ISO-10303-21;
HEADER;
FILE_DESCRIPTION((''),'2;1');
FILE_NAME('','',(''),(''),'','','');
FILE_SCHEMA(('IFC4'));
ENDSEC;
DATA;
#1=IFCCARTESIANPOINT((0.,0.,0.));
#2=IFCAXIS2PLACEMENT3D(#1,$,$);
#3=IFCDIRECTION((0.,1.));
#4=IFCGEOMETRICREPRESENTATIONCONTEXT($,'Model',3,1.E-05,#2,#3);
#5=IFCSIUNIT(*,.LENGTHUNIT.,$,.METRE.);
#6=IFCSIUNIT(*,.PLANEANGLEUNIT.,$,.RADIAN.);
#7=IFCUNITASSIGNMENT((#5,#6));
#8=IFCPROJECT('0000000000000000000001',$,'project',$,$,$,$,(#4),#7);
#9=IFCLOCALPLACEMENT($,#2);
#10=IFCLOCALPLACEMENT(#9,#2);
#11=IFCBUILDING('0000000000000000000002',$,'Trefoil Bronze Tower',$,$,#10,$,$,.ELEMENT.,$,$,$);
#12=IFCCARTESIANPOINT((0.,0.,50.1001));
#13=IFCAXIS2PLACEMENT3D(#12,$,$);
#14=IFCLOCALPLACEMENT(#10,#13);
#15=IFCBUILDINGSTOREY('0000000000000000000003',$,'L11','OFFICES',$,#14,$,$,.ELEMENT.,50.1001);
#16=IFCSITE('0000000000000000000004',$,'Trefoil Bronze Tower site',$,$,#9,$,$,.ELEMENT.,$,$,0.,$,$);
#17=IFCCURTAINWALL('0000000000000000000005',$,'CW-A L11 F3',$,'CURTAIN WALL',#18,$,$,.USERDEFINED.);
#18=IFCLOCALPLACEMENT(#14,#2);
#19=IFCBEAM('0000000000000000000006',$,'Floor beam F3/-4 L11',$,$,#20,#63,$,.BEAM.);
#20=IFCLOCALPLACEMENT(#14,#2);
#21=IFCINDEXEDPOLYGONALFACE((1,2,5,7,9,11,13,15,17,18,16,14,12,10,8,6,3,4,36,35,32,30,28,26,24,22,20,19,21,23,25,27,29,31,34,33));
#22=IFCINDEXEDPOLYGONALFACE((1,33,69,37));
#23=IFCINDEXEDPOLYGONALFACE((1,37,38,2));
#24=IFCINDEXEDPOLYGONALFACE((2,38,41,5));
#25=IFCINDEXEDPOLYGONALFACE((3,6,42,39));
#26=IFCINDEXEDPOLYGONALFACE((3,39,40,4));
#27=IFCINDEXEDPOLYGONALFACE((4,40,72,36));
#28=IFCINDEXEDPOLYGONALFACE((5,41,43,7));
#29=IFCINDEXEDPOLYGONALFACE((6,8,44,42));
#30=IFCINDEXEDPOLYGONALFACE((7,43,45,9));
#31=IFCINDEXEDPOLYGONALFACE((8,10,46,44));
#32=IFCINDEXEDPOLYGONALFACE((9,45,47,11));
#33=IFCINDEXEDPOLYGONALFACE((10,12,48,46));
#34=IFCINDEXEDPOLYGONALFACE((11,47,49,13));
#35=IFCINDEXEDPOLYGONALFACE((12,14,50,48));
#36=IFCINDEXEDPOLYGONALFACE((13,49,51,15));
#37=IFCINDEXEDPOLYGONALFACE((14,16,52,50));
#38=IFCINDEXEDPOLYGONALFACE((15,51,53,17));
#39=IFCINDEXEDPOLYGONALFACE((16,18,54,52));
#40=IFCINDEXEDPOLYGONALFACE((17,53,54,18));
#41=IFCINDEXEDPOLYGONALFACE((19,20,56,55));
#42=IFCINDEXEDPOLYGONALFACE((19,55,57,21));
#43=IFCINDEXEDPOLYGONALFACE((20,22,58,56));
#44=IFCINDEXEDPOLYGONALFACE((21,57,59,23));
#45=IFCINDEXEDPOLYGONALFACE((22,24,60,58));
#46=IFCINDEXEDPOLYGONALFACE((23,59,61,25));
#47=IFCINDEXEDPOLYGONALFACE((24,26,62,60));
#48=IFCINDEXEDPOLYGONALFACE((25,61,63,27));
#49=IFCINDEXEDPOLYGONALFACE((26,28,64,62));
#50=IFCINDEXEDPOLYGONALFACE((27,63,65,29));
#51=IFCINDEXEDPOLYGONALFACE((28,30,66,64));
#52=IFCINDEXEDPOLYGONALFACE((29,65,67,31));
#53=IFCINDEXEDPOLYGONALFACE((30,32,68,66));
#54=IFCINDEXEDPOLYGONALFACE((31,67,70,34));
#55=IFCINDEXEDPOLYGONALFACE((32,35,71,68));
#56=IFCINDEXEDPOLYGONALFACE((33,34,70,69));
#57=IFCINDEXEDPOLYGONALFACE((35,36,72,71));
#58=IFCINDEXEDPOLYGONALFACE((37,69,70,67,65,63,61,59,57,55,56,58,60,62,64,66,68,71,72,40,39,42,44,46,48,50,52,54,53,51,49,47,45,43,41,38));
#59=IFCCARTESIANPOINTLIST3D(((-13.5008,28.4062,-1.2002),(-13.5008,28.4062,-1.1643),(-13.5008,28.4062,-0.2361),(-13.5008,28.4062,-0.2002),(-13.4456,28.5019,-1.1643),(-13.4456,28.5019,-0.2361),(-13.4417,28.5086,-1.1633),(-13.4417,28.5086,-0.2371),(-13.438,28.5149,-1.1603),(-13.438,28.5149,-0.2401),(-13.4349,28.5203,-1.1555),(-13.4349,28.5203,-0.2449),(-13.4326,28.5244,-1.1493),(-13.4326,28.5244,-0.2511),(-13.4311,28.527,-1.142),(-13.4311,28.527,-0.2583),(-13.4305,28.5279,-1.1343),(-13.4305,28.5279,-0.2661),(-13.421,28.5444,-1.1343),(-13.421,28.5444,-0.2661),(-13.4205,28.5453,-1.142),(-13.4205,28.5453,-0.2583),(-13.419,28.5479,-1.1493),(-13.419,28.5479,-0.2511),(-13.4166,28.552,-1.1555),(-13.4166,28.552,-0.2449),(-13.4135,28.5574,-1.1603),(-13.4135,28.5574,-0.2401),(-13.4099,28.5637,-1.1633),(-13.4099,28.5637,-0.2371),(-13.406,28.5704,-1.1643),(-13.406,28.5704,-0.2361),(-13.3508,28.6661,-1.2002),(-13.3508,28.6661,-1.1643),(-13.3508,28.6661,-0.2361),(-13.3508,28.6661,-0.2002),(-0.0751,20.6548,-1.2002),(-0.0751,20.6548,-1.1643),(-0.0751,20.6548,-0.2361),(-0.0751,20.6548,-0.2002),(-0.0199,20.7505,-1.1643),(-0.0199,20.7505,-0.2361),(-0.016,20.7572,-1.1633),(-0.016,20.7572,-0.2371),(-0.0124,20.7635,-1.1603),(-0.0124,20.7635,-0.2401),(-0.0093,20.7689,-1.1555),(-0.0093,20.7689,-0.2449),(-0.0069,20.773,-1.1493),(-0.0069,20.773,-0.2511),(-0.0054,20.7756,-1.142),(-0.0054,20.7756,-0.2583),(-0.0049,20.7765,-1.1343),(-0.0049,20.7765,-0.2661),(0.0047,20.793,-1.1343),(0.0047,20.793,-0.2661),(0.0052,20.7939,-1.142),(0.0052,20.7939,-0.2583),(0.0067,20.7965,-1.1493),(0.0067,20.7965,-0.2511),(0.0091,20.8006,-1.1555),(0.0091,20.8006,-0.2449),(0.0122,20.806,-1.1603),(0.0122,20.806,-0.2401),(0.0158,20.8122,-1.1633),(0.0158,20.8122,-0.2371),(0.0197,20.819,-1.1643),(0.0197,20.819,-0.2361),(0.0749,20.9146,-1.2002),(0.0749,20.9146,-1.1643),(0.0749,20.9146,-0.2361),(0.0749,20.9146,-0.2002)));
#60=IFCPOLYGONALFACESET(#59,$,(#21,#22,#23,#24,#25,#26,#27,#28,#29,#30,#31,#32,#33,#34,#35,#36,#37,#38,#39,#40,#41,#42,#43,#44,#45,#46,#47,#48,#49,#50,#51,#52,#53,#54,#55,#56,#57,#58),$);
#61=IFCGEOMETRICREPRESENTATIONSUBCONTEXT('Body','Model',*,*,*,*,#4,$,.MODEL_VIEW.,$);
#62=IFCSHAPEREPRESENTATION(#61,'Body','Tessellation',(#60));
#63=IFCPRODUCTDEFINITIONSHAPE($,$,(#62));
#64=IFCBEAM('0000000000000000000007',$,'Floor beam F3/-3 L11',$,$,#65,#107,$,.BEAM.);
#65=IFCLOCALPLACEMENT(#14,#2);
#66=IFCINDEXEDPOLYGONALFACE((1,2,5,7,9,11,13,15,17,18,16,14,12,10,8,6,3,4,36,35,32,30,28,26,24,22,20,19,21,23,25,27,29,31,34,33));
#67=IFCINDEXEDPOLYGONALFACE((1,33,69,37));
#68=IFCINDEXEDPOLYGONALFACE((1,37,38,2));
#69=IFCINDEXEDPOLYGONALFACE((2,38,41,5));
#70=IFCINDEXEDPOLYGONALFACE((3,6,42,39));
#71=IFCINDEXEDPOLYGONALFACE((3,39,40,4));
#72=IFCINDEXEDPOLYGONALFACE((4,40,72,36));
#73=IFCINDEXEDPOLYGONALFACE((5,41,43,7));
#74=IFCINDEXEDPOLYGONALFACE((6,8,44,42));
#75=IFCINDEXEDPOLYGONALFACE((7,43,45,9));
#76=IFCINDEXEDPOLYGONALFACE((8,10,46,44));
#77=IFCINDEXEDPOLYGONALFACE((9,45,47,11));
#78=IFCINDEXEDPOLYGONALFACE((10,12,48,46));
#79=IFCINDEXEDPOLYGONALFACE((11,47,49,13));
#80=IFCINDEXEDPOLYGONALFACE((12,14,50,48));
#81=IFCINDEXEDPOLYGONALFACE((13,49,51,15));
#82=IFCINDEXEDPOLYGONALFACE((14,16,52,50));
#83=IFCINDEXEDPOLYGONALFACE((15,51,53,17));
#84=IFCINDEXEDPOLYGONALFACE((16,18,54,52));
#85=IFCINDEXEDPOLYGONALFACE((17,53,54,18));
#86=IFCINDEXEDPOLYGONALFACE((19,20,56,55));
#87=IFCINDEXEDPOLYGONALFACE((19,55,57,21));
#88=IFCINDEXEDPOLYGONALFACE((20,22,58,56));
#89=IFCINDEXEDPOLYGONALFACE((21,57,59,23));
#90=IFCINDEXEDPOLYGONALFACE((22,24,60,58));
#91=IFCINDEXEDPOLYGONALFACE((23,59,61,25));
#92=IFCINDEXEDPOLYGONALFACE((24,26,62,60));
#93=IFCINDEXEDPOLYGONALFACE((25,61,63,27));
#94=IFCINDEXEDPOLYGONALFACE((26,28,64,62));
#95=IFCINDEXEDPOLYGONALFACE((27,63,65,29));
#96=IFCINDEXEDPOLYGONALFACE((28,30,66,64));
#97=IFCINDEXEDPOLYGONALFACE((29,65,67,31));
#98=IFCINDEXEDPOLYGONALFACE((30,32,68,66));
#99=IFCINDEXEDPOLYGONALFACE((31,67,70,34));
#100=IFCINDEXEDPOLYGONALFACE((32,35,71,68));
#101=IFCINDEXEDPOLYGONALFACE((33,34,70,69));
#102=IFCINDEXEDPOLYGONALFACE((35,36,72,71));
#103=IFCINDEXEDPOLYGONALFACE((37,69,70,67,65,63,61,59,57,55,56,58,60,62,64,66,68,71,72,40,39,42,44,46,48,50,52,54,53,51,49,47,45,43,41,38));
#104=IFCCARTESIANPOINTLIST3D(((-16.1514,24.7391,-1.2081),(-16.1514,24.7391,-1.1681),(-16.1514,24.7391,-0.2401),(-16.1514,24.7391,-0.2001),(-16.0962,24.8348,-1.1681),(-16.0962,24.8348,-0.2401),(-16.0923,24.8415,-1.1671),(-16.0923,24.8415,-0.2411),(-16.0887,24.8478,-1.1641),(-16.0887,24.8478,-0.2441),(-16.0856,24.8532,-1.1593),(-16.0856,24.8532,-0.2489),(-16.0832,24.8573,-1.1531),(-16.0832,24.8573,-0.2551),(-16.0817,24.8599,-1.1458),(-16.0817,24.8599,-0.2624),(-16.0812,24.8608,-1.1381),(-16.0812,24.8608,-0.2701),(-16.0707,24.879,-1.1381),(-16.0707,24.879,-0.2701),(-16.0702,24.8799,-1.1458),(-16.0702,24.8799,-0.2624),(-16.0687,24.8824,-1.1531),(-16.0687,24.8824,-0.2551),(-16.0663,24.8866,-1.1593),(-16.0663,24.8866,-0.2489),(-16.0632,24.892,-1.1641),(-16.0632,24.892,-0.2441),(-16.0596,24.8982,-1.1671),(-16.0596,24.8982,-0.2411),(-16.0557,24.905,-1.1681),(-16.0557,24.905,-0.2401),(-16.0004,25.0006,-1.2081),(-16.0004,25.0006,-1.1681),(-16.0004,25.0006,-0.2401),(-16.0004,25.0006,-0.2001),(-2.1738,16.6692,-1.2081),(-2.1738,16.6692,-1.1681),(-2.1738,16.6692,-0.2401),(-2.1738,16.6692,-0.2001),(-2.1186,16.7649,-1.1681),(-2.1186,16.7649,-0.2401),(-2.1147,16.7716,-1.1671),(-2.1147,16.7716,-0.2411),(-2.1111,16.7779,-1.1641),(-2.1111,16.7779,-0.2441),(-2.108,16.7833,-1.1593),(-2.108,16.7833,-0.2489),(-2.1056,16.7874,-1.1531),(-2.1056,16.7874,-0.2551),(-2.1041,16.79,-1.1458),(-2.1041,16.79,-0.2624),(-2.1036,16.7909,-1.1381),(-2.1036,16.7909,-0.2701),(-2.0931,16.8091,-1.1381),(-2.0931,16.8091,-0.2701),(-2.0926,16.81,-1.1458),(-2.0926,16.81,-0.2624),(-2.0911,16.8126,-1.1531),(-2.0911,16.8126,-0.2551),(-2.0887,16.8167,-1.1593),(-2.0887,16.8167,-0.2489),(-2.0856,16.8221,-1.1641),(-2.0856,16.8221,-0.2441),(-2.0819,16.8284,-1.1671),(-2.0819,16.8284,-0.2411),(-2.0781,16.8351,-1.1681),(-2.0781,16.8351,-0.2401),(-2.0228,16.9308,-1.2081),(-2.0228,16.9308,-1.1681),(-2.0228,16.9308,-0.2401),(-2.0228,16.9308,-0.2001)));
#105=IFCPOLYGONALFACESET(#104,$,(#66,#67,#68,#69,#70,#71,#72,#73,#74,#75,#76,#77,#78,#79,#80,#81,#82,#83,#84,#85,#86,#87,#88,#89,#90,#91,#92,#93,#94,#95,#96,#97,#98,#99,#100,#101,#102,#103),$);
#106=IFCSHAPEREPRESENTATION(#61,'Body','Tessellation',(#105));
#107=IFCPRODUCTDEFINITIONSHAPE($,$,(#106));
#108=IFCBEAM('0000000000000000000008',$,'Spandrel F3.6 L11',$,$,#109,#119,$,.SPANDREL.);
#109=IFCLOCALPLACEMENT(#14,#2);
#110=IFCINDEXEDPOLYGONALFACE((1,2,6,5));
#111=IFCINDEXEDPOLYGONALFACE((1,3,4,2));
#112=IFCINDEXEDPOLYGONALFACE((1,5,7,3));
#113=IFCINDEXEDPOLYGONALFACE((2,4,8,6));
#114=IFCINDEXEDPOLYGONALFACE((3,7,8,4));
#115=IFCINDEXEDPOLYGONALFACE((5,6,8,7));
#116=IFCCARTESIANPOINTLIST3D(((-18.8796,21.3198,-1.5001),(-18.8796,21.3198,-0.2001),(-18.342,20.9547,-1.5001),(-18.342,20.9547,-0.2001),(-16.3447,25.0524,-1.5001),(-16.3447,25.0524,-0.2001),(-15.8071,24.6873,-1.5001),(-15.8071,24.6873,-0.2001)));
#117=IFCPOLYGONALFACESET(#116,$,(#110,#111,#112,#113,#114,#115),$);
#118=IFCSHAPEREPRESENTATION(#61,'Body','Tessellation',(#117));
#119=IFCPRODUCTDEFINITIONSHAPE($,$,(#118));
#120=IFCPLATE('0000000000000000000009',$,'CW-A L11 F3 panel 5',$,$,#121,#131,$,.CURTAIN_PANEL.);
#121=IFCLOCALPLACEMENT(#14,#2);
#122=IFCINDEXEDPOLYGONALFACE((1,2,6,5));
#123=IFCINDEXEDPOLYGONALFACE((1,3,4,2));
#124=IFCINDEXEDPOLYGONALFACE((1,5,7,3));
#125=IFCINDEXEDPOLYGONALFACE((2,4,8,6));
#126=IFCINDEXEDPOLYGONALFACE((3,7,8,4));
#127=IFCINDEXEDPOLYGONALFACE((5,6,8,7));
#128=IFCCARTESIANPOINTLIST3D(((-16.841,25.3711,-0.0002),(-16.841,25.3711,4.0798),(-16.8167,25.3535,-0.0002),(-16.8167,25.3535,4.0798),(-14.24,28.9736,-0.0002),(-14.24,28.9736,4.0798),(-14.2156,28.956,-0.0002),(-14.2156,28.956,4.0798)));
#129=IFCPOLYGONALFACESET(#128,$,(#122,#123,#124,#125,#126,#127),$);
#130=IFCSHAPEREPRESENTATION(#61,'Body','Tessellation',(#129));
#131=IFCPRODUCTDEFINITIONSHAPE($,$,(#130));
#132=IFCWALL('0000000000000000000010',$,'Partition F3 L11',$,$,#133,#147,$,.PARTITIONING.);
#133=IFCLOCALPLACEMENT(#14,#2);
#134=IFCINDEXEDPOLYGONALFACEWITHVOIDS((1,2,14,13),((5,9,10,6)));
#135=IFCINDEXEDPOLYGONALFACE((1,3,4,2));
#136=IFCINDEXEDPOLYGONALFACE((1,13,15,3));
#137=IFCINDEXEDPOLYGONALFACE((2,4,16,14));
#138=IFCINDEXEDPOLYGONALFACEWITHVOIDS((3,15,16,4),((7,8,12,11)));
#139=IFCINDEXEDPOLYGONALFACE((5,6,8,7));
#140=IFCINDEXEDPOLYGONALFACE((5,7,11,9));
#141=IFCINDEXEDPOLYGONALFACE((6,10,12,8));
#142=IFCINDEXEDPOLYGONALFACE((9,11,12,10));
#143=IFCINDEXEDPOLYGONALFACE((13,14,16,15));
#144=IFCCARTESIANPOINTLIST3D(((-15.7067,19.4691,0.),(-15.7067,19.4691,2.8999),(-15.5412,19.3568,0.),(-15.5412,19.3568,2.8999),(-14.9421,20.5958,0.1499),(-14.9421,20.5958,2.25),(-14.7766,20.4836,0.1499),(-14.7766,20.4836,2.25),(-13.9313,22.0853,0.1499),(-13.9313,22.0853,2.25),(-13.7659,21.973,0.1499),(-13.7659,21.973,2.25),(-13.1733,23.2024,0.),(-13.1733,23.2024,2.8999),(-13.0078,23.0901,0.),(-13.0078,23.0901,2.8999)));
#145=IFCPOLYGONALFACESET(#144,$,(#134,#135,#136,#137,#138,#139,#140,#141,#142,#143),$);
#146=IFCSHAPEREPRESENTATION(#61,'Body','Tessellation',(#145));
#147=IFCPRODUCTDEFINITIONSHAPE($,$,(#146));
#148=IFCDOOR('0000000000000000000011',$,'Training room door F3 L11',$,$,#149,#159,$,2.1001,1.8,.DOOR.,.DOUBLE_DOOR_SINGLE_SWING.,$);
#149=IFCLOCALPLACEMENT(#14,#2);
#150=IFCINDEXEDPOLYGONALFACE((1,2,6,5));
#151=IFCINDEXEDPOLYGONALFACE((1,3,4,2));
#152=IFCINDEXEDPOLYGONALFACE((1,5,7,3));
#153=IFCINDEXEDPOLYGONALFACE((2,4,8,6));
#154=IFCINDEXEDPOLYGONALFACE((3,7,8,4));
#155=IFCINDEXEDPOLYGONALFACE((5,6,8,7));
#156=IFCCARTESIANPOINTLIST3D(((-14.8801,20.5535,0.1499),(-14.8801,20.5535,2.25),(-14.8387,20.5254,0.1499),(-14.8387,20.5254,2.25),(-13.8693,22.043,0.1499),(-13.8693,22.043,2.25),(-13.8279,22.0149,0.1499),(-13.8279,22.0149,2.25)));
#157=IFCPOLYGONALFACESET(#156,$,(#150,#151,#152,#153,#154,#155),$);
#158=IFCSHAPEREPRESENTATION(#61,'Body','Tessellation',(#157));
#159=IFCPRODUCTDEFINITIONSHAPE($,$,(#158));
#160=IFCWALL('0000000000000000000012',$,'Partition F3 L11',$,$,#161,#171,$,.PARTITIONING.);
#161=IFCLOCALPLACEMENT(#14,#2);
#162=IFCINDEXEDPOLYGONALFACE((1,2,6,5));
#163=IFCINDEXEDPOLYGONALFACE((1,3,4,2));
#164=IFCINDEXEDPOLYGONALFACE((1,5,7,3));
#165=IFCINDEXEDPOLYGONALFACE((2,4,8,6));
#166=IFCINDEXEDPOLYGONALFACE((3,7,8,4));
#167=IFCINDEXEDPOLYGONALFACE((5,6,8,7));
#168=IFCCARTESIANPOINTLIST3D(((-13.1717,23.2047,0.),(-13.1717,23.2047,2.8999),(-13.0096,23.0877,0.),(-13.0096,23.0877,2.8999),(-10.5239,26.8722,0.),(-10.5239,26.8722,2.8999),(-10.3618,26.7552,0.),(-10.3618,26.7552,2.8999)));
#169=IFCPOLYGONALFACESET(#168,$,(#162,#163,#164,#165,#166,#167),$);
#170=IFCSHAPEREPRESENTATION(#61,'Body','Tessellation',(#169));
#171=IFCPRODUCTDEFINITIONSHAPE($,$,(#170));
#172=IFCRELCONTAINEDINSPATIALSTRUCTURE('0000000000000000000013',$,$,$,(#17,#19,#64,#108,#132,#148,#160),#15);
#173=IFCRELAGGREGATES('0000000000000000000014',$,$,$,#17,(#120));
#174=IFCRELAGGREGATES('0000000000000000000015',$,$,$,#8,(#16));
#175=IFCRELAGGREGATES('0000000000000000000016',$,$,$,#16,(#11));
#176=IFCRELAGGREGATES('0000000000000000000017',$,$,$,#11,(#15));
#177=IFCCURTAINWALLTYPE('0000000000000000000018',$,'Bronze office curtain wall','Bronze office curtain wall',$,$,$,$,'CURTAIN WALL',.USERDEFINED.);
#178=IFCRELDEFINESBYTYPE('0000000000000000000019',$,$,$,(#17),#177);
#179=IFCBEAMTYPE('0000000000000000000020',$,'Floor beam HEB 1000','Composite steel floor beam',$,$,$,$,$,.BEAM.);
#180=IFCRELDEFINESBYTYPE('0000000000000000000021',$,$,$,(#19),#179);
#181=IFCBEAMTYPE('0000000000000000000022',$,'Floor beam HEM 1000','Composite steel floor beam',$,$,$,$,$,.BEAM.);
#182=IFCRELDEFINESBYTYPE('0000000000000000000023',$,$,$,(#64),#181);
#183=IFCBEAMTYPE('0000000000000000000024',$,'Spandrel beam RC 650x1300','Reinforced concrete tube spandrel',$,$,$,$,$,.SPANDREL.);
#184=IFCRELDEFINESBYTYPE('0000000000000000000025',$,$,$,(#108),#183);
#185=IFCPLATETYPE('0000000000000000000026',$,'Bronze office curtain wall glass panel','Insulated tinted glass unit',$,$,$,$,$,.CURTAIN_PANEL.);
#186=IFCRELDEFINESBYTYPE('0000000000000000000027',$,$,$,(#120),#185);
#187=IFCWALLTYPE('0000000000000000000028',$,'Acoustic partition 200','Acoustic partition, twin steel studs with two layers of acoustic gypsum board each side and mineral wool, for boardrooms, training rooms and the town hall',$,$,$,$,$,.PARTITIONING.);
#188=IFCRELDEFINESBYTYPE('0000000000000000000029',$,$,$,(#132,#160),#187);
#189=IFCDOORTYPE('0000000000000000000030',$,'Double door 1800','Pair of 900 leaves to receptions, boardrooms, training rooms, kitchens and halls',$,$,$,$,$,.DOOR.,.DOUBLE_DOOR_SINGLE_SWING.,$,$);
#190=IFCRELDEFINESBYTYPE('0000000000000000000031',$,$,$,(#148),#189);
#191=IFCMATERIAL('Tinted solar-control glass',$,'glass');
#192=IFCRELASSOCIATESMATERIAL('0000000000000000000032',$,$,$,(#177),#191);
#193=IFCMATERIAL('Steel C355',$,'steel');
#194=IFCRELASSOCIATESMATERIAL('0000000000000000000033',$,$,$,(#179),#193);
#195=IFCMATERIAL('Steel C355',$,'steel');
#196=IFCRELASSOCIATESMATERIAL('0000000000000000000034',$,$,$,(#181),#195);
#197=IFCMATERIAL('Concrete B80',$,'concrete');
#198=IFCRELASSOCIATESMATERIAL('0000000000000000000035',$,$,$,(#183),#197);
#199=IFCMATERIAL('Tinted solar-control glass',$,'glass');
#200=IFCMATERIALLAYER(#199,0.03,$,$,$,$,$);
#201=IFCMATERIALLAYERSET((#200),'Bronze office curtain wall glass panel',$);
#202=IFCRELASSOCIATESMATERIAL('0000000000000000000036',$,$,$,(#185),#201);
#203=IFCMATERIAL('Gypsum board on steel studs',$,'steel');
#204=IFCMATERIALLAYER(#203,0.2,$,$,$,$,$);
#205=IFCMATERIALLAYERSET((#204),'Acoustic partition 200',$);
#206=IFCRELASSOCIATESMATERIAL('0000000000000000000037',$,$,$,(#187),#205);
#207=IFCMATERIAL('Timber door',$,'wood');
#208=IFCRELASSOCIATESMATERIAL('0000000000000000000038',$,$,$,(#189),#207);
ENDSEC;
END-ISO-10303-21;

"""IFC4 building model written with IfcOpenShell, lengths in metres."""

from ifc_helpers import new_model, si_unit, direction, frame, frame_2d, origin, origin_2d, place, context, subcontext, project, spatial, rectangle, i_section, extrude, material, layer, layer_set, material_profile, profile_set, type_object, element, fill, aggregate, save


model = new_model("IFC4")

# Units and contexts
model_context = context("Model", 3, precision=1e-05, world=origin(), true_north=direction((0.0, 1.0)))
body_context = subcontext(model_context, "Body", "Model", "MODEL_VIEW")
ifc_project = project(units=[si_unit("LENGTHUNIT", "METRE"), si_unit("PLANEANGLEUNIT", "RADIAN")], contexts=[model_context])

# Site, building, storey
site_placement = place(None, origin())
site = spatial("IfcSite", under=ifc_project, at=site_placement, Name="Trefoil Bronze Tower site", CompositionType="ELEMENT", RefElevation=0.0)
building_placement = place(site_placement, origin())
building = spatial("IfcBuilding", under=site, at=building_placement, Name="Trefoil Bronze Tower", CompositionType="ELEMENT")
storey_placement = place(building_placement, frame((0.0, 0.0, 50.1001)))
storey = spatial("IfcBuildingStorey", under=building, at=storey_placement, Name="L11", Description="OFFICES", CompositionType="ELEMENT", Elevation=50.1001)

# Curtain wall
ifc_material_1 = material(Name="Tinted solar-control glass", Category="glass")
curtain_wall_type = type_object("IfcCurtainWallType", Name="Bronze office curtain wall", Description="Bronze office curtain wall", ElementType="CURTAIN WALL", PredefinedType="USERDEFINED", material=ifc_material_1)
curtain_wall_placement = place(storey_placement, origin())
curtain_wall = element("IfcCurtainWall", 1, at=curtain_wall_placement, inside=storey, type_object=curtain_wall_type, Name="CW-A L11 F3", ObjectType="CURTAIN WALL", PredefinedType="USERDEFINED")

# Beams
ifc_material_2 = material(Name="Steel C355", Category="steel")
ifc_material_profile_1 = material_profile(ifc_material_2, i_section(OverallWidth=0.3, OverallDepth=1.0, WebThickness=0.019, FlangeThickness=0.0359, FilletRadius=0.03, at=origin_2d()), Name="HEB 1000")
ifc_profile_set_1 = profile_set([ifc_material_profile_1], Name="Steel C355")
beam_type_1 = type_object("IfcBeamType", Name="Floor beam HEB 1000", Description="Composite steel floor beam", PredefinedType="BEAM", material=ifc_profile_set_1)
beam_1_placement = place(storey_placement, frame((-13.4258, 28.5361, -0.7002), z_axis=(0.866023, -0.500004, 0.0), x_axis=(0.500004, 0.866023, 0.0)))
element("IfcBeam", 2, at=beam_1_placement, inside=storey, type_object=beam_type_1, Name="Floor beam F3/-4 L11", PredefinedType="BEAM", context=body_context, shape_type="SweptSolid", body=[
    extrude(i_section(OverallWidth=0.3, OverallDepth=1.0, WebThickness=0.019, FlangeThickness=0.0359, FilletRadius=0.03, at=origin_2d()), origin(), (0.0, 0.0, 1.0), 15.5027),
])
ifc_material_3 = material(Name="Steel C355", Category="steel")
ifc_material_profile_2 = material_profile(ifc_material_3, i_section(OverallWidth=0.302, OverallDepth=1.0081, WebThickness=0.021, FlangeThickness=0.04, FilletRadius=0.03, at=origin_2d()), Name="HEM 1000")
ifc_profile_set_2 = profile_set([ifc_material_profile_2], Name="Steel C355")
beam_type_2 = type_object("IfcBeamType", Name="Floor beam HEM 1000", Description="Composite steel floor beam", PredefinedType="BEAM", material=ifc_profile_set_2)
beam_2_placement = place(storey_placement, frame((-16.0759, 24.8699, -0.7041), z_axis=(0.866028, -0.499995, 0.0), x_axis=(0.499995, 0.866028, 0.0)))
element("IfcBeam", 3, at=beam_2_placement, inside=storey, type_object=beam_type_2, Name="Floor beam F3/-3 L11", PredefinedType="BEAM", context=body_context, shape_type="SweptSolid", body=[
    extrude(i_section(OverallWidth=0.302, OverallDepth=1.0081, WebThickness=0.021, FlangeThickness=0.04, FilletRadius=0.03, at=origin_2d()), origin(), (0.0, 0.0, 1.0), 16.1399),
])
ifc_material_4 = material(Name="Concrete B80", Category="concrete")
ifc_material_profile_3 = material_profile(ifc_material_4, rectangle(XDim=0.6499, YDim=1.3, at=origin_2d()), Name="RC 650x1300")
ifc_profile_set_3 = profile_set([ifc_material_profile_3], Name="Concrete B80")
beam_type_3 = type_object("IfcBeamType", Name="Spandrel beam RC 650x1300", Description="Reinforced concrete tube spandrel", PredefinedType="SPANDREL", material=ifc_profile_set_3)
beam_3_placement = place(storey_placement, frame((-16.0759, 24.8699, -0.8501), z_axis=(-0.56181, -0.827267, 0.0), x_axis=(0.827267, -0.56181, 0.0)))
element("IfcBeam", 4, at=beam_3_placement, inside=storey, type_object=beam_type_3, Name="Spandrel F3.6 L11", PredefinedType="SPANDREL", context=body_context, shape_type="SweptSolid", body=[
    extrude(rectangle(XDim=0.6499, YDim=1.3, at=origin_2d()), origin(), (0.0, 0.0, 1.0), 4.512),
])

# Plate
ifc_material_5 = material(Name="Tinted solar-control glass", Category="glass")
ifc_layer_1 = layer(ifc_material_5, 0.03)
ifc_layer_set_1 = layer_set([ifc_layer_1], Name="Bronze office curtain wall glass panel")
plate_type = type_object("IfcPlateType", Name="Bronze office curtain wall glass panel", Description="Insulated tinted glass unit", PredefinedType="CURTAIN_PANEL", material=ifc_layer_set_1)
plate_placement = place(storey_placement, frame((-15.5283, 27.1636, -0.0002), z_axis=(0.0, 0.0, 1.0), x_axis=(-0.585373, -0.810764, 0.0)))
plate = element("IfcPlate", 5, at=plate_placement, type_object=plate_type, Name="CW-A L11 F3 panel 5", PredefinedType="CURTAIN_PANEL", context=body_context, shape_type="SweptSolid", body=[
    extrude(rectangle(XDim=4.4434, YDim=0.03, at=origin_2d()), origin(), (0.0, 0.0, 1.0), 4.0801),
])
aggregate(curtain_wall, [plate])

# Wall, opening, door
ifc_material_6 = material(Name="Gypsum board on steel studs", Category="steel")
ifc_layer_2 = layer(ifc_material_6, 0.2)
ifc_layer_set_2 = layer_set([ifc_layer_2], Name="Acoustic partition 200")
wall_type_1 = type_object("IfcWallType", Name="Acoustic partition 200", Description="Acoustic partition, twin steel studs with two layers of acoustic gypsum board each side and mineral wool, for boardrooms, training rooms and the town hall", PredefinedType="PARTITIONING", material=ifc_layer_set_2)
wall_1_placement = place(storey_placement, frame((-13.0906, 23.1462, 0.0), z_axis=(0.0, 0.0, 1.0), x_axis=(-0.561512, -0.827469, 0.0)))
wall_1 = element("IfcWall", 6, at=wall_1_placement, inside=storey, type_object=wall_type_1, Name="Partition F3 L11", PredefinedType="PARTITIONING", context=body_context, shape_type="SweptSolid", body=[
    extrude(rectangle(XDim=4.5117, YDim=0.2, at=frame_2d((2.2559, 0.0))), origin(), (0.0, 0.0, 1.0), 2.8999),
])
opening_1_placement = place(wall_1_placement, frame((1.3501, 0.0, 0.1499)))
opening_1 = element("IfcOpeningElement", 7, at=opening_1_placement, cuts=wall_1, PredefinedType="OPENING", context=body_context, shape_type="SweptSolid", body=[
    extrude(rectangle(XDim=1.8, YDim=2.1001, at=frame_2d((0.8999, 1.05))), frame((0.0, 0.1099, 0.0), z_axis=(0.0, -1.0, 0.0), x_axis=(1.0, 0.0, 0.0)), (0.0, 0.0, 1.0), 0.22),
])
ifc_material_7 = material(Name="Timber door", Category="wood")
door_type_1 = type_object("IfcDoorType", Name="Double door 1800", Description="Pair of 900 leaves to receptions, boardrooms, training rooms, kitchens and halls", OperationType="DOUBLE_DOOR_SINGLE_SWING", PredefinedType="DOOR", material=ifc_material_7)
door_1_placement = place(opening_1_placement, frame((1.8, 0.0, 0.0), z_axis=(0.0, 0.0, 1.0), x_axis=(-1.0, 0.0, 0.0)))
door_1 = element("IfcDoor", 8, at=door_1_placement, inside=storey, type_object=door_type_1, Name="Training room door F3 L11", OperationType="DOUBLE_DOOR_SINGLE_SWING", OverallHeight=2.1001, OverallWidth=1.8, PredefinedType="DOOR", context=body_context, shape_type="SweptSolid", body=[
    extrude(rectangle(XDim=1.8, YDim=2.1001, at=frame_2d((0.8999, 1.05))), frame((0.0, 0.0249, 0.0), z_axis=(0.0, -1.0, 0.0), x_axis=(1.0, 0.0, 0.0)), (0.0, 0.0, 1.0), 0.05),
])
fill(opening_1, door_1)

# Wall
wall_2_placement = place(storey_placement, frame((-10.4429, 26.8137, 0.0), z_axis=(0.0, 0.0, 1.0), x_axis=(-0.585341, -0.810787, 0.0)))
element("IfcWall", 9, at=wall_2_placement, inside=storey, type_object=wall_type_1, Name="Partition F3 L11", PredefinedType="PARTITIONING", context=body_context, shape_type="SweptSolid", body=[
    extrude(rectangle(XDim=4.5234, YDim=0.2, at=frame_2d((2.2617, 0.0))), origin(), (0.0, 0.0, 1.0), 2.8999),
])

save(model, "model.ifc")
